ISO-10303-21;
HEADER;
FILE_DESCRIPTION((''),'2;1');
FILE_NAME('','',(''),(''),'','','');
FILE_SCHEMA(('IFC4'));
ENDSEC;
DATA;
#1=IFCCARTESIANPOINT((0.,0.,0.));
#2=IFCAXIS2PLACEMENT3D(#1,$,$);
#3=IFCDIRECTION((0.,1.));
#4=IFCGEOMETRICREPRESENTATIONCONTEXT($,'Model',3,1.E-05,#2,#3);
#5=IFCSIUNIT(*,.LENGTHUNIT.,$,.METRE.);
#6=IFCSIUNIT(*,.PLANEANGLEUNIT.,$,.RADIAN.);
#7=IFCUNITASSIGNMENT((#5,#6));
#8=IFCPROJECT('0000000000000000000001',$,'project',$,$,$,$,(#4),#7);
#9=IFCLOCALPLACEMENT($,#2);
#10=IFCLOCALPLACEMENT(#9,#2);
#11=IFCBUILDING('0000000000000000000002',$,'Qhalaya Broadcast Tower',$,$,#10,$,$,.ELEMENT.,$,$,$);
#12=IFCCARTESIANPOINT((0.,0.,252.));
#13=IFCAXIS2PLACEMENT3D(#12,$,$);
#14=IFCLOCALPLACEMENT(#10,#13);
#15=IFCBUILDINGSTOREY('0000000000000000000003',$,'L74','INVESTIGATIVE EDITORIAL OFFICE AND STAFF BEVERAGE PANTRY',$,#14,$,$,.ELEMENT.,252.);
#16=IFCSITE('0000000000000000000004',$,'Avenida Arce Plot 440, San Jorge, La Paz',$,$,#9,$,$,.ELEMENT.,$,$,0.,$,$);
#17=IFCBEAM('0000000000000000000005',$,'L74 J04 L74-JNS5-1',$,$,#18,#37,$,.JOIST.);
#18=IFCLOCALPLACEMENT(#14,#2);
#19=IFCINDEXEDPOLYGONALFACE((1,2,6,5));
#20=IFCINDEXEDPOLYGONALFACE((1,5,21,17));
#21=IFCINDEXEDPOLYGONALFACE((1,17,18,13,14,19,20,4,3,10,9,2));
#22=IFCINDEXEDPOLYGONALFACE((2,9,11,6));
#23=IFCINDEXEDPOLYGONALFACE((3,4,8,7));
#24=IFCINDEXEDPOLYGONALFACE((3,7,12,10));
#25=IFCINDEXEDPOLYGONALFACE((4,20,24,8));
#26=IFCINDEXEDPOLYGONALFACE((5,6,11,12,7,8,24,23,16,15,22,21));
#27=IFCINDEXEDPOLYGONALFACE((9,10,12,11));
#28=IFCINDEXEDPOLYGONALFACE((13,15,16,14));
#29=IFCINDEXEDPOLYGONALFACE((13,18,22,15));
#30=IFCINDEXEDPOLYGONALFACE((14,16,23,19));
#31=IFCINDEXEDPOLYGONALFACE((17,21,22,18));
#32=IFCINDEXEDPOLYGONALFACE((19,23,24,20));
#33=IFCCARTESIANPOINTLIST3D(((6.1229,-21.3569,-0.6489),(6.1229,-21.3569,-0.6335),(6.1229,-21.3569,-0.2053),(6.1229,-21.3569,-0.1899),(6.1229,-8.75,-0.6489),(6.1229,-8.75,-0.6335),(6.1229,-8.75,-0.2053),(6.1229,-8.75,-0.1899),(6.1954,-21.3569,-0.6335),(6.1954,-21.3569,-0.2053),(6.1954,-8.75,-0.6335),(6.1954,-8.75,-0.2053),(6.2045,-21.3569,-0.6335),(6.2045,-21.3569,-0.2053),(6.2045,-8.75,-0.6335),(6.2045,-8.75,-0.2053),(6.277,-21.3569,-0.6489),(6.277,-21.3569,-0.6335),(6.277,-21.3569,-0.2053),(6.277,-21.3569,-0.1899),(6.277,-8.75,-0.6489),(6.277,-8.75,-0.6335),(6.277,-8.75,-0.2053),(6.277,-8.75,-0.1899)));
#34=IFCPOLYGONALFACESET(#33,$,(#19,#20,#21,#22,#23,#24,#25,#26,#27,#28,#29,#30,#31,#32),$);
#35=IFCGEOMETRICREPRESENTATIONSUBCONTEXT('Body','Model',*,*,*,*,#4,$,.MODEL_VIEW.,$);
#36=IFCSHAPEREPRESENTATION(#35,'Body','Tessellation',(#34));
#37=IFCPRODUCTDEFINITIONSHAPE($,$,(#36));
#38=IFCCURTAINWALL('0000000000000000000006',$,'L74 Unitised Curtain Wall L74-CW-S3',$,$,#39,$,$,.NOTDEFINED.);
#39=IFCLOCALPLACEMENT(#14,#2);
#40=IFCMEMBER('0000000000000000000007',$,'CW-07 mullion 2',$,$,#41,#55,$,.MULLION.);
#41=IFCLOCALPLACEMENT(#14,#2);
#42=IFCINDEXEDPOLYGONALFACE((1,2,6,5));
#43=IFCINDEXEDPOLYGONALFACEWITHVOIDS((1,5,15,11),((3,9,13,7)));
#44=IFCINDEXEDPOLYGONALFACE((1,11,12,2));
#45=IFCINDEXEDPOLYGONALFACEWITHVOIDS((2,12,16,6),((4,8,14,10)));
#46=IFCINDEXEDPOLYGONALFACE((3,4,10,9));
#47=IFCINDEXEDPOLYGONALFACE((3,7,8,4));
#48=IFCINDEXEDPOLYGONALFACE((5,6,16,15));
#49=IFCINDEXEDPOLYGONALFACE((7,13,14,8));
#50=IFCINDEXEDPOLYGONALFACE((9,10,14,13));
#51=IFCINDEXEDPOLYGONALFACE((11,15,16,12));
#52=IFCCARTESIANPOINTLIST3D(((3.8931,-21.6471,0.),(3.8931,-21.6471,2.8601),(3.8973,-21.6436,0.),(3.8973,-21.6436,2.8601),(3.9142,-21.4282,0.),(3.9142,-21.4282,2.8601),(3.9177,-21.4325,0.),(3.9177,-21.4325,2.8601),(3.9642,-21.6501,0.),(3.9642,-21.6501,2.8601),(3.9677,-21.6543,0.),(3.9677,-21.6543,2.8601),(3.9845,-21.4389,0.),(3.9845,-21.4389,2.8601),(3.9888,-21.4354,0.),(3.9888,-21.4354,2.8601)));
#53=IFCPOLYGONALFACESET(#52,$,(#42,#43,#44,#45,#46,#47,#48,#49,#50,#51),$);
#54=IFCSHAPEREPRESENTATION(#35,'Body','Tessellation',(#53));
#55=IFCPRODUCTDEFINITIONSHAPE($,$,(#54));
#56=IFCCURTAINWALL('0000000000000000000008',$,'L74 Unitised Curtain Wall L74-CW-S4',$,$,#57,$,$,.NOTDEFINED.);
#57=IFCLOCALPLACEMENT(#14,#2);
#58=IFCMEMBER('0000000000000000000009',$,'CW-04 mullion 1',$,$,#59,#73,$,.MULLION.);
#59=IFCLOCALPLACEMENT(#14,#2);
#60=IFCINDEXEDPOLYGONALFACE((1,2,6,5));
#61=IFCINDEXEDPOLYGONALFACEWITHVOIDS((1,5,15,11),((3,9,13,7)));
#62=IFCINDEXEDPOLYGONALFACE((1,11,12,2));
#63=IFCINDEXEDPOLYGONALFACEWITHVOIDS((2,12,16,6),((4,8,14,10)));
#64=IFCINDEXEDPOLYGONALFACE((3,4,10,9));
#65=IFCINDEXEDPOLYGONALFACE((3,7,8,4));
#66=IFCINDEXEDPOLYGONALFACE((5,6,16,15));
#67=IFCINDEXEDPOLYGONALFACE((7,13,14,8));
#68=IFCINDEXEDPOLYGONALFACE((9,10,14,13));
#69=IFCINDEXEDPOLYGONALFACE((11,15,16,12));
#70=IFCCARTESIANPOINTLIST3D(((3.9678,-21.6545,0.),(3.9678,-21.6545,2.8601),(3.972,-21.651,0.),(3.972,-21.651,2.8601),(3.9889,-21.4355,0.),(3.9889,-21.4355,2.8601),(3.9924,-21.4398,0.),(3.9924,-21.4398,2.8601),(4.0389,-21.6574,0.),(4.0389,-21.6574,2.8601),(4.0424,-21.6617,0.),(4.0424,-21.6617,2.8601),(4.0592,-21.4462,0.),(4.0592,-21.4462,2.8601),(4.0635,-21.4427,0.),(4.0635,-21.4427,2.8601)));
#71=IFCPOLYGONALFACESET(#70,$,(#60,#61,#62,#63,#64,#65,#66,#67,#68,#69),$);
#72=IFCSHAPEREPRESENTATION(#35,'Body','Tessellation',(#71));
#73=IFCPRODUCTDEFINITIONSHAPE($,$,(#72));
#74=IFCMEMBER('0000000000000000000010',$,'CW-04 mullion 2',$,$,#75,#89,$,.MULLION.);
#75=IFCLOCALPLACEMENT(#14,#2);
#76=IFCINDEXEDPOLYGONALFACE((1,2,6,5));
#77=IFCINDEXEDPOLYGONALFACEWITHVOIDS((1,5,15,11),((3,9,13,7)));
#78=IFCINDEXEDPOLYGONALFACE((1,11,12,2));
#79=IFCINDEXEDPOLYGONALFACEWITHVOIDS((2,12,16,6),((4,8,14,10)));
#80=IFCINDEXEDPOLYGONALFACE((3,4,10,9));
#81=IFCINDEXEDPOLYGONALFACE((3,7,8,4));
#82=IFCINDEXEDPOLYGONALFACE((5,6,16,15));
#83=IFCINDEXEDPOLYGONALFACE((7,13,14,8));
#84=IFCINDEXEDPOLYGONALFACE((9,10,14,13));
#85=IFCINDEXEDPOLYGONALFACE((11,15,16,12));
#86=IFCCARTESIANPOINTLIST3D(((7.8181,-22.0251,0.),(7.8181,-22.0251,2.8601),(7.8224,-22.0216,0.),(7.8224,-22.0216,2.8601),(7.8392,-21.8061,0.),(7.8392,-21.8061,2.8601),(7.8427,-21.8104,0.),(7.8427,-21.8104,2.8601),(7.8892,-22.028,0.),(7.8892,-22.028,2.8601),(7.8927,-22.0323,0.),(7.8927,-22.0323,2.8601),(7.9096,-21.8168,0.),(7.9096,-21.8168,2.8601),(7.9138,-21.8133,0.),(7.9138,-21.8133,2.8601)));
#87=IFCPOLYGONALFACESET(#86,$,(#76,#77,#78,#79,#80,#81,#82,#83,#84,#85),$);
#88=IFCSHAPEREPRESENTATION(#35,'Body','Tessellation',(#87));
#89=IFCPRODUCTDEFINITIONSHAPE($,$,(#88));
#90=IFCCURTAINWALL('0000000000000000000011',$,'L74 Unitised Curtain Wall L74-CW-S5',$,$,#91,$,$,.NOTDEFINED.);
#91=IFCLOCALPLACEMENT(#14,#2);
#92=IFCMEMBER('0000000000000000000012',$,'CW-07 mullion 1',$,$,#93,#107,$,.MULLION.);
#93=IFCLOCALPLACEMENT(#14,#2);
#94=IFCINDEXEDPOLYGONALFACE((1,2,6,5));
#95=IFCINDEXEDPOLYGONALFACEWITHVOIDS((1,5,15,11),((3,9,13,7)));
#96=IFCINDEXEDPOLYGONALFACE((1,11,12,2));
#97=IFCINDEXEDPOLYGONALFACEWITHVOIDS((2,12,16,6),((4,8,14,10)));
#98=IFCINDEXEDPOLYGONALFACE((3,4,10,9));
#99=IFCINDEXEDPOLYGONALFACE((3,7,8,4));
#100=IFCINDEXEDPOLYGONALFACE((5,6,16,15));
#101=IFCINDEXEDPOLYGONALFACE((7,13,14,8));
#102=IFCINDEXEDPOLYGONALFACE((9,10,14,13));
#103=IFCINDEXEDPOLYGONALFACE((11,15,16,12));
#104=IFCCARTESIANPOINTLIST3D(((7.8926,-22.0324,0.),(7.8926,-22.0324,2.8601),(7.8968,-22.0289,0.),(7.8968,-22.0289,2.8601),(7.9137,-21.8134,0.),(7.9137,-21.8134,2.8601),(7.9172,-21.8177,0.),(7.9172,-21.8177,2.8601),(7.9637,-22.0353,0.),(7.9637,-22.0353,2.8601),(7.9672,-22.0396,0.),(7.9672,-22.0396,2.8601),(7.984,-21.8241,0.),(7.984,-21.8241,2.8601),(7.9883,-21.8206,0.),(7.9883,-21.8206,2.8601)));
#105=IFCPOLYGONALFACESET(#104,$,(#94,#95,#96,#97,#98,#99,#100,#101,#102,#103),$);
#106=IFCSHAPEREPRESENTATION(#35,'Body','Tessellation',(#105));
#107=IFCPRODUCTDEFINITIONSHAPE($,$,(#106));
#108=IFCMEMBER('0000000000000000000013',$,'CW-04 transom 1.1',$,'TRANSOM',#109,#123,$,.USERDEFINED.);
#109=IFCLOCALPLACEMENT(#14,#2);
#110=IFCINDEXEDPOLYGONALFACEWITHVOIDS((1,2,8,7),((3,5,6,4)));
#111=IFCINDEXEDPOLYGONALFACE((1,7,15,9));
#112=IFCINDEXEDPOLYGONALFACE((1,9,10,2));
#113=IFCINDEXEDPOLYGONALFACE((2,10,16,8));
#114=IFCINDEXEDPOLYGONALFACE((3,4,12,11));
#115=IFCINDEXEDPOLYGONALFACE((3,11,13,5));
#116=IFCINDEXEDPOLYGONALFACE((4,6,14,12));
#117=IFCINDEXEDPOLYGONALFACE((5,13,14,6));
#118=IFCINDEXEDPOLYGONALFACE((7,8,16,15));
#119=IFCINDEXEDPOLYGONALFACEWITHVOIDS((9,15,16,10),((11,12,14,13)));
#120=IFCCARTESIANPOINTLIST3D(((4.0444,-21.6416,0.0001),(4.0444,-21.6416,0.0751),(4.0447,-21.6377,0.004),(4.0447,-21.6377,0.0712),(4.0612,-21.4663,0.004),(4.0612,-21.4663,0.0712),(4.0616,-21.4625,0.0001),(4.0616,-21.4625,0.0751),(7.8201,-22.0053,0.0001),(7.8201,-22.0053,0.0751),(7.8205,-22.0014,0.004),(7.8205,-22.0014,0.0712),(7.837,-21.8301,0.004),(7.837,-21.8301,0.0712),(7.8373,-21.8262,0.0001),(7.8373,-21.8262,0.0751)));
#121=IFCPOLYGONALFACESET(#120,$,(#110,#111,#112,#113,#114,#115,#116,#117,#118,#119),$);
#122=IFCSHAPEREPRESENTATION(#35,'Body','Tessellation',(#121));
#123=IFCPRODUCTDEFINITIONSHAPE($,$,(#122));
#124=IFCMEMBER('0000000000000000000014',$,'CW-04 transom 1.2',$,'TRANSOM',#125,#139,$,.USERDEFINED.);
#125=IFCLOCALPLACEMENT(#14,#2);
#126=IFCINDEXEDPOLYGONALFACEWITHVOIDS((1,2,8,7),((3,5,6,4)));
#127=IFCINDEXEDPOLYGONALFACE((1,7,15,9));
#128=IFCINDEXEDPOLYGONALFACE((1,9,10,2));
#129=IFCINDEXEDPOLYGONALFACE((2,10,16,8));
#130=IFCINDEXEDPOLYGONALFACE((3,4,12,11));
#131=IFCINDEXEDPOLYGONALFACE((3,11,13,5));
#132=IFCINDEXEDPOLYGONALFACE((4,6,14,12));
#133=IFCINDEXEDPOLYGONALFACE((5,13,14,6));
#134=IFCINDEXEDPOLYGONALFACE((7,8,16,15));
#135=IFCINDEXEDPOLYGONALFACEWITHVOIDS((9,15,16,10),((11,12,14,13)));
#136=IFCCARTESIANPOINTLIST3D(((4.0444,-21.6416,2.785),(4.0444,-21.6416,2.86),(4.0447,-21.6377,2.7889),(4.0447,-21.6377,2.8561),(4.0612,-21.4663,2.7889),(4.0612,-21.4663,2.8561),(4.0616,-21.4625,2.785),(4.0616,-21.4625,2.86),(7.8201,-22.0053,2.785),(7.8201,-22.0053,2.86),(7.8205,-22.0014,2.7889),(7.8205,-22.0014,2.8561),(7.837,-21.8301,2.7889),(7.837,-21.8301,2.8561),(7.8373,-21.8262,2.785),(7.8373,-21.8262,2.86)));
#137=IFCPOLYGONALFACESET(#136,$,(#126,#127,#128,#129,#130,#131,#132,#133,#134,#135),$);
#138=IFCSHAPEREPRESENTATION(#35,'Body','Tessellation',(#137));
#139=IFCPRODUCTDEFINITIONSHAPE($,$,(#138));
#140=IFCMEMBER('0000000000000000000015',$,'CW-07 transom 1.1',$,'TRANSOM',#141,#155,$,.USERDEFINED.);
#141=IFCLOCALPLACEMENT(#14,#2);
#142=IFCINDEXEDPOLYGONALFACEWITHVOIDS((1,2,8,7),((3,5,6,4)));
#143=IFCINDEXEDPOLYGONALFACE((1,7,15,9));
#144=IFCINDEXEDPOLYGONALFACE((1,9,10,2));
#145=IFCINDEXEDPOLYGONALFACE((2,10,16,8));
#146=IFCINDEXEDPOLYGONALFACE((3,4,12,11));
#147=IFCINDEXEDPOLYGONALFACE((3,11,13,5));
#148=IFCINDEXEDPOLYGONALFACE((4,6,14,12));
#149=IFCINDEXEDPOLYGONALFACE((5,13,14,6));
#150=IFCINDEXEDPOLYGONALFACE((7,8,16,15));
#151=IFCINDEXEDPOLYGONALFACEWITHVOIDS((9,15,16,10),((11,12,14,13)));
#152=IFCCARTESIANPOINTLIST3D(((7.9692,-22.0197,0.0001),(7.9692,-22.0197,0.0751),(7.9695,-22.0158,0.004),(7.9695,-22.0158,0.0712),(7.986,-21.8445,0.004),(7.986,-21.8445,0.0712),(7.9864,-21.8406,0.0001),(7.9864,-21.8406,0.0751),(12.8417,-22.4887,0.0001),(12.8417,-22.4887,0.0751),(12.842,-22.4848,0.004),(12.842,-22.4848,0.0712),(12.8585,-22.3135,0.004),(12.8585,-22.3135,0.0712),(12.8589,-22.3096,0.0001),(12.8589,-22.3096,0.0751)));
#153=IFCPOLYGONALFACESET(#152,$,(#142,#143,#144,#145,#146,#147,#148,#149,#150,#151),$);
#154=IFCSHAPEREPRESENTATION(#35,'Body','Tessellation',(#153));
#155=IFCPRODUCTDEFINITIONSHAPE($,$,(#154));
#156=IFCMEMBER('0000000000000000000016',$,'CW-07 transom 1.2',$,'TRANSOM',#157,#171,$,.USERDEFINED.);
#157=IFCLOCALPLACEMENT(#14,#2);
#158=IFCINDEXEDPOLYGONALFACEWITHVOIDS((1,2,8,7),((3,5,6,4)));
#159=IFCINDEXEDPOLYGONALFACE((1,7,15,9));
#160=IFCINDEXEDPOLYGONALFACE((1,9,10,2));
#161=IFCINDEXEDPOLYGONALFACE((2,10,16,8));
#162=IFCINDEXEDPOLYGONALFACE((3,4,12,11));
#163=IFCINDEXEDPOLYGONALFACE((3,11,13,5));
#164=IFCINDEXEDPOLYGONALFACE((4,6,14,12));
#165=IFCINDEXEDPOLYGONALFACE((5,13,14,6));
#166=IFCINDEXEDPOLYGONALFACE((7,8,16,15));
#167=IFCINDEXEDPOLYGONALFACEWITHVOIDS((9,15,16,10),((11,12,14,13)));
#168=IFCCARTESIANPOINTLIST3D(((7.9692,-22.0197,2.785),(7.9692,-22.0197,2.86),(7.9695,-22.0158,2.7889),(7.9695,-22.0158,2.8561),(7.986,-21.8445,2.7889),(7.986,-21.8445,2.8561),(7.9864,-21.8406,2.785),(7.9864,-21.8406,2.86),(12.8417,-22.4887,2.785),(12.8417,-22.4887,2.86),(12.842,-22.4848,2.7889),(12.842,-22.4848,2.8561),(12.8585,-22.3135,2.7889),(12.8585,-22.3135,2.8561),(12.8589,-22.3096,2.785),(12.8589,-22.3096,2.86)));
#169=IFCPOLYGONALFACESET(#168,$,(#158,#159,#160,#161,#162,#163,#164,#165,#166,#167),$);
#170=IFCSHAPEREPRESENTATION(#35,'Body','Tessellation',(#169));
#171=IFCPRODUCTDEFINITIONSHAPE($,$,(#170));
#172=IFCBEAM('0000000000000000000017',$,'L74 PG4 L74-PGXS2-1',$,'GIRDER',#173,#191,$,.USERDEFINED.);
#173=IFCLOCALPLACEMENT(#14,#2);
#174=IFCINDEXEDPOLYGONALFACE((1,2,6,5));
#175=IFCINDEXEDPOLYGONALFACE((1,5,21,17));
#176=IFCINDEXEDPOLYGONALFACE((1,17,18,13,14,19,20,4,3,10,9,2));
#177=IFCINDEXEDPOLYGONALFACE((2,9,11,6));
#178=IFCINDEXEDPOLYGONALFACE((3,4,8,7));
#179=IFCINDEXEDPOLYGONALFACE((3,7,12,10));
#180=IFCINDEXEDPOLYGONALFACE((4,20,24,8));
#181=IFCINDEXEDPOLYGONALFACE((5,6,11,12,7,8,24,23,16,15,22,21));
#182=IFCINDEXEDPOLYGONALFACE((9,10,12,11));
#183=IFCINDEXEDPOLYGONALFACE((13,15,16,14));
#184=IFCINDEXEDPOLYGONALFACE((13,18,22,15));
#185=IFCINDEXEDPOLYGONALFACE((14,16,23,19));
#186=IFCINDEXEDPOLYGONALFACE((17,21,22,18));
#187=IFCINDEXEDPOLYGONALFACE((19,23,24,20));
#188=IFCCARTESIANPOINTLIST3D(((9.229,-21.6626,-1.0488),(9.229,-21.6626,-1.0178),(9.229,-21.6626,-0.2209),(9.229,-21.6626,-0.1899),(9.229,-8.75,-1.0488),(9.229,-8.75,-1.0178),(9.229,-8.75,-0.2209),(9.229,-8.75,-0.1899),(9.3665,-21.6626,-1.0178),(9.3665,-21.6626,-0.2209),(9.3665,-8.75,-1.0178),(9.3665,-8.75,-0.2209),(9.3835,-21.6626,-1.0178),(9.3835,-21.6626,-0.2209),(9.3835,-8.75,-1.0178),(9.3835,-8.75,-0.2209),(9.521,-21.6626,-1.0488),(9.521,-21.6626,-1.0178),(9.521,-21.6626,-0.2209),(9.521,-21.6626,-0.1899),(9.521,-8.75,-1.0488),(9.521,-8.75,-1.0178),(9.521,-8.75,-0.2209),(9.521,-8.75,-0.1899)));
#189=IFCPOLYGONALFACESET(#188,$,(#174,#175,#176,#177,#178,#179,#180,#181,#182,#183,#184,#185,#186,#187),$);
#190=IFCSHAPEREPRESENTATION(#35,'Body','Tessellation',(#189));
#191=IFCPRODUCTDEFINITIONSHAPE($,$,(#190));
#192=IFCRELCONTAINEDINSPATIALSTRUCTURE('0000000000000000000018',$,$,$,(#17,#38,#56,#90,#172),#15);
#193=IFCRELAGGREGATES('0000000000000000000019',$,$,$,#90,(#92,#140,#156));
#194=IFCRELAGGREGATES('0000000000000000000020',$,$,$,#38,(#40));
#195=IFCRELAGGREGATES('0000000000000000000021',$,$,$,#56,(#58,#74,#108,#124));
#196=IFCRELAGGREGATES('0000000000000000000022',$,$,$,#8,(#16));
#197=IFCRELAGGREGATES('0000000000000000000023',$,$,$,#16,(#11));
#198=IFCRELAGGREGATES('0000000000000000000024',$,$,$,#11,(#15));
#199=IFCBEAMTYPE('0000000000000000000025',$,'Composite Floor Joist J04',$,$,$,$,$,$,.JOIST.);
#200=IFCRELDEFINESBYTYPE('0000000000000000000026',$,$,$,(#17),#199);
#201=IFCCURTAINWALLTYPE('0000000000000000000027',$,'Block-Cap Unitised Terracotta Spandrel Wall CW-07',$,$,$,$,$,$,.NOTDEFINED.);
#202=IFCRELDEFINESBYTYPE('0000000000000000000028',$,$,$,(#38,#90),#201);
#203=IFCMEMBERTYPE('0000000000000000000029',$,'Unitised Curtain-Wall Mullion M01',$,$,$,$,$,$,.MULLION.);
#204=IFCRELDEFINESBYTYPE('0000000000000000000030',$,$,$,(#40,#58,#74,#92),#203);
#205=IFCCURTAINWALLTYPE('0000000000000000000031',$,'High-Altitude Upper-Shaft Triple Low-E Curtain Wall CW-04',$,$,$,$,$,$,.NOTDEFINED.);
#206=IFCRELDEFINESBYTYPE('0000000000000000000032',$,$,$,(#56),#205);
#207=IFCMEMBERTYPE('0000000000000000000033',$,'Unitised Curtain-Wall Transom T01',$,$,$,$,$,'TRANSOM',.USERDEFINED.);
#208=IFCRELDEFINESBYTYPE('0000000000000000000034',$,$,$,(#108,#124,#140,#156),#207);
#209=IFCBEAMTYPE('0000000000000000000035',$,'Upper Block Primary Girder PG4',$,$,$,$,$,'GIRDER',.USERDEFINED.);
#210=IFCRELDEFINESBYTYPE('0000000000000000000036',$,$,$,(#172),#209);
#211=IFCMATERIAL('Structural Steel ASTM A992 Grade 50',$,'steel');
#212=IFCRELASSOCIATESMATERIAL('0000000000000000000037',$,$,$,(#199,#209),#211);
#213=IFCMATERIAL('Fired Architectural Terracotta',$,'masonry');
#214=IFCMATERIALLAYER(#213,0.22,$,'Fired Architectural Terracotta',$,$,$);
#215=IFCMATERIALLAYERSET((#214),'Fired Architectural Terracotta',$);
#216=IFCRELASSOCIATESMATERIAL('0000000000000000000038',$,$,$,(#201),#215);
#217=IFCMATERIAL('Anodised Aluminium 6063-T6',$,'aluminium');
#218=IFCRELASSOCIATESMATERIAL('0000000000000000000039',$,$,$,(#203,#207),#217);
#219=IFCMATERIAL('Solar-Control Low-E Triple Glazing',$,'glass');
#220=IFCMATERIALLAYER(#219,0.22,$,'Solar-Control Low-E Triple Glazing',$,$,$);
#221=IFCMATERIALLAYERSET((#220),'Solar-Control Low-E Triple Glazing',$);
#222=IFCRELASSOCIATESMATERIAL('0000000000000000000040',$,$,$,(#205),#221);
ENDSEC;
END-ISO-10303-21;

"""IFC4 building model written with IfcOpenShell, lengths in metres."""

from ifc_helpers import new_model, si_unit, direction, frame, origin, origin_2d, place, context, subcontext, project, spatial, hollow_rectangle, i_section, extrude, material, layer, layer_set, material_profile, profile_set, type_object, element, aggregate, save


model = new_model("IFC4")

# Units and contexts
model_context = context("Model", 3, precision=1e-05, world=origin(), true_north=direction((0.0, 1.0)))
body_context = subcontext(model_context, "Body", "Model", "MODEL_VIEW")
ifc_project = project(units=[si_unit("LENGTHUNIT", "METRE"), si_unit("PLANEANGLEUNIT", "RADIAN")], contexts=[model_context])

# Site, building, storey
site_placement = place(None, origin())
site = spatial("IfcSite", under=ifc_project, at=site_placement, Name="Avenida Arce Plot 440, San Jorge, La Paz", CompositionType="ELEMENT", RefElevation=0.0)
building_placement = place(site_placement, origin())
building = spatial("IfcBuilding", under=site, at=building_placement, Name="Qhalaya Broadcast Tower", CompositionType="ELEMENT")
storey_placement = place(building_placement, frame((0.0, 0.0, 252.0)))
storey = spatial("IfcBuildingStorey", under=building, at=storey_placement, Name="L74", Description="INVESTIGATIVE EDITORIAL OFFICE AND STAFF BEVERAGE PANTRY", CompositionType="ELEMENT", Elevation=252.0)

# Beam
ifc_material_1 = material(Name="Structural Steel ASTM A992 Grade 50", Category="steel")
ifc_material_profile_1 = material_profile(ifc_material_1, i_section(OverallWidth=0.1541, OverallDepth=0.459, WebThickness=0.009, FlangeThickness=0.0154, at=origin_2d()), Name="W18X46")
ifc_profile_set_1 = profile_set([ifc_material_profile_1], Name="Structural Steel ASTM A992 Grade 50")
beam_type_1 = type_object("IfcBeamType", Name="Composite Floor Joist J04", PredefinedType="JOIST", material=ifc_profile_set_1)
beam_1_placement = place(storey_placement, frame((6.2, -21.3569, -0.4194), z_axis=(0.0, 1.0, 0.0), x_axis=(-1.0, 0.0, 0.0)))
element("IfcBeam", 1, at=beam_1_placement, inside=storey, type_object=beam_type_1, Name="L74 J04 L74-JNS5-1", PredefinedType="JOIST", context=body_context, shape_type="SweptSolid", body=[
    extrude(i_section(OverallWidth=0.1541, OverallDepth=0.459, WebThickness=0.009, FlangeThickness=0.0154, at=origin_2d()), origin(), (0.0, 0.0, 1.0), 12.6069),
])

# Curtain wall, member
ifc_material_2 = material(Name="Fired Architectural Terracotta", Category="masonry")
ifc_layer_1 = layer(ifc_material_2, 0.22, Name="Fired Architectural Terracotta")
ifc_layer_set_1 = layer_set([ifc_layer_1], Name="Fired Architectural Terracotta")
curtain_wall_type_1 = type_object("IfcCurtainWallType", Name="Block-Cap Unitised Terracotta Spandrel Wall CW-07", PredefinedType="NOTDEFINED", material=ifc_layer_set_1)
curtain_wall_1_placement = place(storey_placement, origin())
curtain_wall_1 = element("IfcCurtainWall", 2, at=curtain_wall_1_placement, inside=storey, type_object=curtain_wall_type_1, Name="L74 Unitised Curtain Wall L74-CW-S3", PredefinedType="NOTDEFINED")
ifc_material_3 = material(Name="Anodised Aluminium 6063-T6", Category="aluminium")
ifc_material_profile_2 = material_profile(ifc_material_3, hollow_rectangle(XDim=0.075, YDim=0.22, WallThickness=0.0039, at=origin_2d()), Name="ALU-MUL 75x220x4")
ifc_profile_set_2 = profile_set([ifc_material_profile_2], Name="Anodised Aluminium 6063-T6")
member_type_1 = type_object("IfcMemberType", Name="Unitised Curtain-Wall Mullion M01", PredefinedType="MULLION", material=ifc_profile_set_2)
member_1_placement = place(storey_placement, frame((3.9409, -21.5413, 0.0), z_axis=(0.0, 0.0, 1.0), x_axis=(0.995397, -0.095837, 0.0)))
member_1 = element("IfcMember", 3, at=member_1_placement, type_object=member_type_1, Name="CW-07 mullion 2", PredefinedType="MULLION", context=body_context, shape_type="SweptSolid", body=[
    extrude(hollow_rectangle(XDim=0.075, YDim=0.22, WallThickness=0.0039, at=origin_2d()), origin(), (0.0, 0.0, 1.0), 2.8601),
])

# Curtain wall, members
ifc_material_4 = material(Name="Solar-Control Low-E Triple Glazing", Category="glass")
ifc_layer_2 = layer(ifc_material_4, 0.22, Name="Solar-Control Low-E Triple Glazing")
ifc_layer_set_2 = layer_set([ifc_layer_2], Name="Solar-Control Low-E Triple Glazing")
curtain_wall_type_2 = type_object("IfcCurtainWallType", Name="High-Altitude Upper-Shaft Triple Low-E Curtain Wall CW-04", PredefinedType="NOTDEFINED", material=ifc_layer_set_2)
curtain_wall_2_placement = place(storey_placement, origin())
curtain_wall_2 = element("IfcCurtainWall", 4, at=curtain_wall_2_placement, inside=storey, type_object=curtain_wall_type_2, Name="L74 Unitised Curtain Wall L74-CW-S4", PredefinedType="NOTDEFINED")
member_2_placement = place(storey_placement, frame((4.0156, -21.5486, 0.0), z_axis=(0.0, 0.0, 1.0), x_axis=(0.995394, -0.095865, 0.0)))
member_2 = element("IfcMember", 5, at=member_2_placement, type_object=member_type_1, Name="CW-04 mullion 1", PredefinedType="MULLION", context=body_context, shape_type="SweptSolid", body=[
    extrude(hollow_rectangle(XDim=0.075, YDim=0.22, WallThickness=0.0039, at=origin_2d()), origin(), (0.0, 0.0, 1.0), 2.8601),
])
member_3_placement = place(storey_placement, frame((7.866, -21.9192, 0.0), z_axis=(0.0, 0.0, 1.0), x_axis=(0.995394, -0.095865, 0.0)))
member_3 = element("IfcMember", 6, at=member_3_placement, type_object=member_type_1, Name="CW-04 mullion 2", PredefinedType="MULLION", context=body_context, shape_type="SweptSolid", body=[
    extrude(hollow_rectangle(XDim=0.075, YDim=0.22, WallThickness=0.0039, at=origin_2d()), origin(), (0.0, 0.0, 1.0), 2.8601),
])

# Curtain wall, member
curtain_wall_3_placement = place(storey_placement, origin())
curtain_wall_3 = element("IfcCurtainWall", 7, at=curtain_wall_3_placement, inside=storey, type_object=curtain_wall_type_1, Name="L74 Unitised Curtain Wall L74-CW-S5", PredefinedType="NOTDEFINED")
member_4_placement = place(storey_placement, frame((7.9404, -21.9265, 0.0), z_axis=(0.0, 0.0, 1.0), x_axis=(0.995397, -0.095839, 0.0)))
member_4 = element("IfcMember", 8, at=member_4_placement, type_object=member_type_1, Name="CW-07 mullion 1", PredefinedType="MULLION", context=body_context, shape_type="SweptSolid", body=[
    extrude(hollow_rectangle(XDim=0.075, YDim=0.22, WallThickness=0.0039, at=origin_2d()), origin(), (0.0, 0.0, 1.0), 2.8601),
])

# Members
ifc_material_profile_3 = material_profile(ifc_material_3, hollow_rectangle(XDim=0.075, YDim=0.1799, WallThickness=0.0039, at=origin_2d()), Name="ALU-TRN 75x180x4")
ifc_profile_set_3 = profile_set([ifc_material_profile_3], Name="Anodised Aluminium 6063-T6")
member_type_2 = type_object("IfcMemberType", Name="Unitised Curtain-Wall Transom T01", ElementType="TRANSOM", PredefinedType="USERDEFINED", material=ifc_profile_set_3)
member_5_placement = place(storey_placement, frame((4.053, -21.552, 0.0376), z_axis=(0.995391, -0.095903, 0.0), x_axis=(0.0, 0.0, 1.0)))
member_5 = element("IfcMember", 9, at=member_5_placement, type_object=member_type_2, Name="CW-04 transom 1.1", ObjectType="TRANSOM", PredefinedType="USERDEFINED", context=body_context, shape_type="SweptSolid", body=[
    extrude(hollow_rectangle(XDim=0.075, YDim=0.1799, WallThickness=0.0039, at=origin_2d()), origin(), (0.0, 0.0, 1.0), 3.7932),
])
member_6_placement = place(storey_placement, frame((4.053, -21.552, 2.8225), z_axis=(0.995391, -0.095903, 0.0), x_axis=(0.0, 0.0, 1.0)))
member_6 = element("IfcMember", 10, at=member_6_placement, type_object=member_type_2, Name="CW-04 transom 1.2", ObjectType="TRANSOM", PredefinedType="USERDEFINED", context=body_context, shape_type="SweptSolid", body=[
    extrude(hollow_rectangle(XDim=0.075, YDim=0.1799, WallThickness=0.0039, at=origin_2d()), origin(), (0.0, 0.0, 1.0), 3.7932),
])
member_7_placement = place(storey_placement, frame((7.9778, -21.9302, 0.0376), z_axis=(0.9954, -0.095809, 0.0), x_axis=(0.0, 0.0, 1.0)))
member_7 = element("IfcMember", 11, at=member_7_placement, type_object=member_type_2, Name="CW-07 transom 1.1", ObjectType="TRANSOM", PredefinedType="USERDEFINED", context=body_context, shape_type="SweptSolid", body=[
    extrude(hollow_rectangle(XDim=0.075, YDim=0.1799, WallThickness=0.0039, at=origin_2d()), origin(), (0.0, 0.0, 1.0), 4.895),
])
member_8_placement = place(storey_placement, frame((7.9778, -21.9302, 2.8225), z_axis=(0.9954, -0.095809, 0.0), x_axis=(0.0, 0.0, 1.0)))
member_8 = element("IfcMember", 12, at=member_8_placement, type_object=member_type_2, Name="CW-07 transom 1.2", ObjectType="TRANSOM", PredefinedType="USERDEFINED", context=body_context, shape_type="SweptSolid", body=[
    extrude(hollow_rectangle(XDim=0.075, YDim=0.1799, WallThickness=0.0039, at=origin_2d()), origin(), (0.0, 0.0, 1.0), 4.895),
])
aggregate(curtain_wall_3, [member_4, member_7, member_8])

# Beam
ifc_material_profile_4 = material_profile(ifc_material_1, i_section(OverallWidth=0.292, OverallDepth=0.8589, WebThickness=0.0171, FlangeThickness=0.031, at=origin_2d()), Name="W33X169")
ifc_profile_set_4 = profile_set([ifc_material_profile_4], Name="Structural Steel ASTM A992 Grade 50")
beam_type_2 = type_object("IfcBeamType", Name="Upper Block Primary Girder PG4", ElementType="GIRDER", PredefinedType="USERDEFINED", material=ifc_profile_set_4)
beam_2_placement = place(storey_placement, frame((9.375, -21.6626, -0.6194), z_axis=(0.0, 1.0, 0.0), x_axis=(-1.0, 0.0, 0.0)))
element("IfcBeam", 13, at=beam_2_placement, inside=storey, type_object=beam_type_2, Name="L74 PG4 L74-PGXS2-1", ObjectType="GIRDER", PredefinedType="USERDEFINED", context=body_context, shape_type="SweptSolid", body=[
    extrude(i_section(OverallWidth=0.292, OverallDepth=0.8589, WebThickness=0.0171, FlangeThickness=0.031, at=origin_2d()), origin(), (0.0, 0.0, 1.0), 12.9126),
])

aggregate(curtain_wall_1, [member_1])
aggregate(curtain_wall_2, [member_2, member_3, member_5, member_6])

save(model, "model.ifc")
